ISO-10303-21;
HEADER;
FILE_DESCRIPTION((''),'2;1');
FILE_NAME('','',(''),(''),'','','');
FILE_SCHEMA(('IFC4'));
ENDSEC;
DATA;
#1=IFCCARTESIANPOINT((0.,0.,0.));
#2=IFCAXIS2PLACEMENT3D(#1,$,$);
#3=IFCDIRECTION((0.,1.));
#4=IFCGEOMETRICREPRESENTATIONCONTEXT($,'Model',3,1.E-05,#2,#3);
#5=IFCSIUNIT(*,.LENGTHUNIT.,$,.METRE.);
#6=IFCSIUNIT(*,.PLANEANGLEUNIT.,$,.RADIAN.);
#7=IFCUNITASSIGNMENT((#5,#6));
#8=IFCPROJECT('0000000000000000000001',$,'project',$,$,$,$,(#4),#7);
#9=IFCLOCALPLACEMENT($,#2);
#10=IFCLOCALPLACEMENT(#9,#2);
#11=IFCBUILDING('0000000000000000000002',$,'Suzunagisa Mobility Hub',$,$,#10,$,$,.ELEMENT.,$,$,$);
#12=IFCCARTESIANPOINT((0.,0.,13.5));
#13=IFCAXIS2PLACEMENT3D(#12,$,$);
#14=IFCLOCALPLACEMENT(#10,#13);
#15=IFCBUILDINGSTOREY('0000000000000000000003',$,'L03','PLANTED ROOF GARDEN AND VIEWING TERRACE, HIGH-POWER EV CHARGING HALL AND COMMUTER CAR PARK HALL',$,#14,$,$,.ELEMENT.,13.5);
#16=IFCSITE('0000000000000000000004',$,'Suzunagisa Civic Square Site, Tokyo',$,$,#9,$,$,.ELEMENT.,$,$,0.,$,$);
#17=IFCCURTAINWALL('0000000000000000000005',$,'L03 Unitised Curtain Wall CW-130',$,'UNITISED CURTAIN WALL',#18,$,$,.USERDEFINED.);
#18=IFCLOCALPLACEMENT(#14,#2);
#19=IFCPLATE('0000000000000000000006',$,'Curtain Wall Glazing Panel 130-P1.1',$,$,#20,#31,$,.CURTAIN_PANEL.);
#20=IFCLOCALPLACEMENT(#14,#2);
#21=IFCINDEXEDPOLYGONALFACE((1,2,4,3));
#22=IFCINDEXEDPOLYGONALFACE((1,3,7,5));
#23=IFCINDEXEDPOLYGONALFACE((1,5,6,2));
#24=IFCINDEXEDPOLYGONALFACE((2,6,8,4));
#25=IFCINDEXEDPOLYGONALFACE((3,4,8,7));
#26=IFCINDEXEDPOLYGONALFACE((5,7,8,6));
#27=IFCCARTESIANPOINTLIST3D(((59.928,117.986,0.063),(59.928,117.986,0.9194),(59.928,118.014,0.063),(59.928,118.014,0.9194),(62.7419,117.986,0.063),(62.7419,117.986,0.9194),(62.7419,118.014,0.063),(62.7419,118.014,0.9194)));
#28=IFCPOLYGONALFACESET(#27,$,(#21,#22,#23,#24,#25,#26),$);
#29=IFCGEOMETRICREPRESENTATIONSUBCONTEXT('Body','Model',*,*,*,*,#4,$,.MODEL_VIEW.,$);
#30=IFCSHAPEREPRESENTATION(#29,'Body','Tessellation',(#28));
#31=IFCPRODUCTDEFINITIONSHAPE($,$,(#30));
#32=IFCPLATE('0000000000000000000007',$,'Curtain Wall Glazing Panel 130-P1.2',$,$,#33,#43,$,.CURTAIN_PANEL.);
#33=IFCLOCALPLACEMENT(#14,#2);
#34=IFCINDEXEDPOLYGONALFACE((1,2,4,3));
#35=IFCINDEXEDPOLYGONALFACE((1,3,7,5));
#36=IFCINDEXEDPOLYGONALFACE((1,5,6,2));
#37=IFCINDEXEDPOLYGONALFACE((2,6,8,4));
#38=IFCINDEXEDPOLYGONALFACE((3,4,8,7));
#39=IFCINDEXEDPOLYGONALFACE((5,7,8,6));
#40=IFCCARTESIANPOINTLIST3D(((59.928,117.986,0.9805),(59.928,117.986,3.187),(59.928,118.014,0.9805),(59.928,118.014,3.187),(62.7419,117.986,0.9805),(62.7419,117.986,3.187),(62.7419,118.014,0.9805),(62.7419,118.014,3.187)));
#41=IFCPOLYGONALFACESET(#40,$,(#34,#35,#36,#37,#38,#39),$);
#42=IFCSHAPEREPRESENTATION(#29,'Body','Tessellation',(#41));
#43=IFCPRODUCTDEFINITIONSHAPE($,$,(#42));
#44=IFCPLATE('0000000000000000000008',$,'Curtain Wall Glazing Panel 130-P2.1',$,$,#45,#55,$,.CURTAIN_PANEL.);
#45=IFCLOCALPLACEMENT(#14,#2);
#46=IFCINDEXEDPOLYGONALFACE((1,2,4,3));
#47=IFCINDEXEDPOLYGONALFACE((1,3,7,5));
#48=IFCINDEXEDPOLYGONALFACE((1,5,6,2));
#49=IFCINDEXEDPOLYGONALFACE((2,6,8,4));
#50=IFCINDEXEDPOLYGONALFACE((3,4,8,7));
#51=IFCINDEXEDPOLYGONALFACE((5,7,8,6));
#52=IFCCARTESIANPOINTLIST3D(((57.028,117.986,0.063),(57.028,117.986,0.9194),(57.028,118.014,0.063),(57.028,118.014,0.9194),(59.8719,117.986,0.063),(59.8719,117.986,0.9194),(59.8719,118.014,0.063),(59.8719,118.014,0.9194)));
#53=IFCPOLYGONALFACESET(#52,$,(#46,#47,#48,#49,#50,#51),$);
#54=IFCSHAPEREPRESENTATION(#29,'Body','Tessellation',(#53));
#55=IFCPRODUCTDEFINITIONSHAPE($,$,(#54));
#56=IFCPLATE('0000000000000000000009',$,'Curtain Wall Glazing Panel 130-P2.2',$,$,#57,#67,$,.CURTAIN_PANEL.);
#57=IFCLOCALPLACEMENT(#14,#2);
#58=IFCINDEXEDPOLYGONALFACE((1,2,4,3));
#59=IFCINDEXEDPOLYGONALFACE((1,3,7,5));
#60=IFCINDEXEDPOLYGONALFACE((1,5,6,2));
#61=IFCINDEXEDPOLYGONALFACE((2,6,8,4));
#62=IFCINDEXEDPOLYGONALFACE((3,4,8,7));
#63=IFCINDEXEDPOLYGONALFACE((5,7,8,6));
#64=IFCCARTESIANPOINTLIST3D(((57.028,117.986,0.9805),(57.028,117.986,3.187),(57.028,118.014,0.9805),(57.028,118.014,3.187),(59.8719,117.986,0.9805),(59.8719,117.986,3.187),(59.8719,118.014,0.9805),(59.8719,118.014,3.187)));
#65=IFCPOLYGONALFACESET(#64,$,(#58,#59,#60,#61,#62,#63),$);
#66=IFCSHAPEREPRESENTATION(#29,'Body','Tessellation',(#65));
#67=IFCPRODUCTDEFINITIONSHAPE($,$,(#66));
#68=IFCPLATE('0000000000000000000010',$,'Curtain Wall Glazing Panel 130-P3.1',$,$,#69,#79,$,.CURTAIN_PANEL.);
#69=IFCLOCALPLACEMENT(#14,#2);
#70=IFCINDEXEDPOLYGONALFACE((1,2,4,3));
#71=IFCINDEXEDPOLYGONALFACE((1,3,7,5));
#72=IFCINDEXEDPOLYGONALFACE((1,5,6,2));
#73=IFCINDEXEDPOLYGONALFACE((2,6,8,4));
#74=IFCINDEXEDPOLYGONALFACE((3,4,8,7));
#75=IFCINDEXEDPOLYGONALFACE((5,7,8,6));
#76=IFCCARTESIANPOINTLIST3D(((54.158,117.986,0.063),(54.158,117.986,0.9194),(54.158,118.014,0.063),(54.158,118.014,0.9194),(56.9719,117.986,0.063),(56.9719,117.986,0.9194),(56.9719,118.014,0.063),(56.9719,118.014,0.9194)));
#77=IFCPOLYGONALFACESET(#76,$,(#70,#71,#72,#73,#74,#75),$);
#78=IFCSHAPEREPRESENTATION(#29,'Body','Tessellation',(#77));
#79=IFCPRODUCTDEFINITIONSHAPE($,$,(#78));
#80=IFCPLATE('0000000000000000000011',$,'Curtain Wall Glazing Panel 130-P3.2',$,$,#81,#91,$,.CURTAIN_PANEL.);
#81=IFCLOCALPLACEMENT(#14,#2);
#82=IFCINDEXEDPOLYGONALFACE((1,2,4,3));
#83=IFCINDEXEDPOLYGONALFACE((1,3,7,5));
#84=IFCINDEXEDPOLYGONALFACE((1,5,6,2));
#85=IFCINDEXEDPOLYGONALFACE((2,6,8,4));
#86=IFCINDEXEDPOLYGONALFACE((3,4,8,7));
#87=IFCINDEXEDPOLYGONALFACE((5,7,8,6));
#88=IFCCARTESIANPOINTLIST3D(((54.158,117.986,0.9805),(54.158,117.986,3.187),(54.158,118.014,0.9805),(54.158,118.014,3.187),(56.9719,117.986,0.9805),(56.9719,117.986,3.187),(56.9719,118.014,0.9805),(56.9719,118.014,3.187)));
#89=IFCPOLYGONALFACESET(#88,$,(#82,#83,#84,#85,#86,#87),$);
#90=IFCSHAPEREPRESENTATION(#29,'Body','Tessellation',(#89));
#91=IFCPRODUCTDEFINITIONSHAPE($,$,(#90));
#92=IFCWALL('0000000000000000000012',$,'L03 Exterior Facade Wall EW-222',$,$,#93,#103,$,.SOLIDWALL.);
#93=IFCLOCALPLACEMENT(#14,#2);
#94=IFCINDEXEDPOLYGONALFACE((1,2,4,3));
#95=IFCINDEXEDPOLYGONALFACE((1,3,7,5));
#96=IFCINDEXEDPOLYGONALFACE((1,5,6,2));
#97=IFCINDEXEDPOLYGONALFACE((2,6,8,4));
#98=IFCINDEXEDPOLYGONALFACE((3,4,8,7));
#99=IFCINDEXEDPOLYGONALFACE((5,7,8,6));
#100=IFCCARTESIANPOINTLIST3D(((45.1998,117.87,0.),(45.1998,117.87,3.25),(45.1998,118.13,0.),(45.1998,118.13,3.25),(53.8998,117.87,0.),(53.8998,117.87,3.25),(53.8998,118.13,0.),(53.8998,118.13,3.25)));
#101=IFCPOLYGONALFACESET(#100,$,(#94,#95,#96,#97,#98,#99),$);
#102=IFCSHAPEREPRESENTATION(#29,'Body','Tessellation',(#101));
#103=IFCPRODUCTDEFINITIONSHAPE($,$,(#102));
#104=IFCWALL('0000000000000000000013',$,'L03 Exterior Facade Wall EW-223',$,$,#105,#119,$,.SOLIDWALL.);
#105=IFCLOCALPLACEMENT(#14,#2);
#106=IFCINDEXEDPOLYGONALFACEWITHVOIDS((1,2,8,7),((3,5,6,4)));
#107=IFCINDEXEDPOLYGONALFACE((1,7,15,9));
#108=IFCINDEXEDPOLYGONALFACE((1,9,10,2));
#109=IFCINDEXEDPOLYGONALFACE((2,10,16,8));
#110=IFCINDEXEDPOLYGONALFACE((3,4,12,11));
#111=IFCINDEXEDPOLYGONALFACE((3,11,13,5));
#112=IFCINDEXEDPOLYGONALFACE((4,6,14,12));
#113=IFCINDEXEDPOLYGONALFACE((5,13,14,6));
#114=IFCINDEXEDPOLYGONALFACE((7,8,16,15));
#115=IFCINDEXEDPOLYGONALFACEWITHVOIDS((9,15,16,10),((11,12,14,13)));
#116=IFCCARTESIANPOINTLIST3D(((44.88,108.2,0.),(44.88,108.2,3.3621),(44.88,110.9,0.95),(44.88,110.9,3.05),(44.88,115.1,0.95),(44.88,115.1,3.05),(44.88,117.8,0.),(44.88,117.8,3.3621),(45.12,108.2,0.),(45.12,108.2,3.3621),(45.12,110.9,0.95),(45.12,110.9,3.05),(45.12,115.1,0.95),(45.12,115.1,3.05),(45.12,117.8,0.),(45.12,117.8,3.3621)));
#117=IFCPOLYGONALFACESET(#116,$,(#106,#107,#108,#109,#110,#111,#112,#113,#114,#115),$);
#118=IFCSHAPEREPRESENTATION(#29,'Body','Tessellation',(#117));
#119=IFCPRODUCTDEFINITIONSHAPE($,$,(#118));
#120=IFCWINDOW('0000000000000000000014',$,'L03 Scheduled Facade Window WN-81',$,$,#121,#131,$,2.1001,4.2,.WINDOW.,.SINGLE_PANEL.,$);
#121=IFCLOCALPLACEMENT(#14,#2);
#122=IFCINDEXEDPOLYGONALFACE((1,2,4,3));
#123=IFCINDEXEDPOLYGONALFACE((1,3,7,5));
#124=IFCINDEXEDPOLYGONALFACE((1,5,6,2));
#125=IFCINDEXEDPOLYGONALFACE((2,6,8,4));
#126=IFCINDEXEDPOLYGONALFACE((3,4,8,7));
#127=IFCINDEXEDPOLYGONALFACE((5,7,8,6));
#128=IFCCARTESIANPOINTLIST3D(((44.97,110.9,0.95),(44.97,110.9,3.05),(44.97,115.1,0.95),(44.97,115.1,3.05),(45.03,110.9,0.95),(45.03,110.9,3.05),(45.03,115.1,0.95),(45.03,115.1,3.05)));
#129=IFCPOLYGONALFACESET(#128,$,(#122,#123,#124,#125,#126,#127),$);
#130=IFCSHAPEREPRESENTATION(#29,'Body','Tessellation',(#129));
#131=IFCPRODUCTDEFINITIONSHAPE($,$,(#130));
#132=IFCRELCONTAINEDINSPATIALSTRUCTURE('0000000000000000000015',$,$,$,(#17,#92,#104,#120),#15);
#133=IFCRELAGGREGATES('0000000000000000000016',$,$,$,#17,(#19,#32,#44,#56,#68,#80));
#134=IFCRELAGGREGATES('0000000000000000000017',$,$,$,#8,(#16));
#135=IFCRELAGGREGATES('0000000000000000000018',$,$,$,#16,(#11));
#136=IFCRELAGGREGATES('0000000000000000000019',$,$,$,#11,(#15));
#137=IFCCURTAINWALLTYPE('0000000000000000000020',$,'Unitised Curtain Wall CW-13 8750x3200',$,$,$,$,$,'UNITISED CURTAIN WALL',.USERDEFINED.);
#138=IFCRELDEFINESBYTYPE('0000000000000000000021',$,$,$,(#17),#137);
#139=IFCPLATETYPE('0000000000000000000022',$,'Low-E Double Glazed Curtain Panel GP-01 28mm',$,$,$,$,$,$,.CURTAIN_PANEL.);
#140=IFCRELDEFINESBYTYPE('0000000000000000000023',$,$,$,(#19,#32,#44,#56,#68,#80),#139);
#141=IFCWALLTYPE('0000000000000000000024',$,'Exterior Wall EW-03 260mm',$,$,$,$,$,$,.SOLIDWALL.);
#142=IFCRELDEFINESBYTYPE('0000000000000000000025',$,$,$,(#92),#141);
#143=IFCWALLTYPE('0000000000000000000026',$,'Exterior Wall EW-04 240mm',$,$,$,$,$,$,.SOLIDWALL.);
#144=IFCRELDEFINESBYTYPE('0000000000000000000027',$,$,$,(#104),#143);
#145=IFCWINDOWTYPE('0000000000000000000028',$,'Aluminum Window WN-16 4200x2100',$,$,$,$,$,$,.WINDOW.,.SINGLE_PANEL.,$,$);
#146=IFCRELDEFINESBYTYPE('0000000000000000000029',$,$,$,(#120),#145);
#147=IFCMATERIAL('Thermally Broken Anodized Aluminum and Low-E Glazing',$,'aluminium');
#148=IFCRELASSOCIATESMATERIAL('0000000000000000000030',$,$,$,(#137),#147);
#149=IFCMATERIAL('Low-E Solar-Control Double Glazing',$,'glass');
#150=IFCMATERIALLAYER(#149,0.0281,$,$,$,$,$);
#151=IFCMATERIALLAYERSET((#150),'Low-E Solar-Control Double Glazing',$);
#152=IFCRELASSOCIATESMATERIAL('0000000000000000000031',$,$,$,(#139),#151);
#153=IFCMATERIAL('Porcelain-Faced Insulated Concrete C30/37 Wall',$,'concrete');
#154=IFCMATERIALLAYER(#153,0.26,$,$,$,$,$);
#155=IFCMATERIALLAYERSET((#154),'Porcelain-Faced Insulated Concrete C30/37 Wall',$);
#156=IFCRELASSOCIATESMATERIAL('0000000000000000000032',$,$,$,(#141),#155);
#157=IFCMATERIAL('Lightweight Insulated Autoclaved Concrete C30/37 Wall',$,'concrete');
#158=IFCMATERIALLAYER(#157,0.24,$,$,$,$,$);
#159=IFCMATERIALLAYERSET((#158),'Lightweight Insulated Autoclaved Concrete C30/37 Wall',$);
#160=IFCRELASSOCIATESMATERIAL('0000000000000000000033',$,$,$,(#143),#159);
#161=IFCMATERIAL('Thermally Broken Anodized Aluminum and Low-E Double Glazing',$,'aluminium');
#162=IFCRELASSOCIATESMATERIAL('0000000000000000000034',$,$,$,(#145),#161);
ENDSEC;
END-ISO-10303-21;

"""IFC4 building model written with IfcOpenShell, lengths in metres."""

from ifc_helpers import new_model, si_unit, direction, frame, frame_2d, origin, origin_2d, place, context, subcontext, project, spatial, rectangle, extrude, material, layer, layer_set, type_object, element, fill, aggregate, save


model = new_model("IFC4")

# Units and contexts
model_context = context("Model", 3, precision=1e-05, world=origin(), true_north=direction((0.0, 1.0)))
body_context = subcontext(model_context, "Body", "Model", "MODEL_VIEW")
ifc_project = project(units=[si_unit("LENGTHUNIT", "METRE"), si_unit("PLANEANGLEUNIT", "RADIAN")], contexts=[model_context])

# Site, building, storey
site_placement = place(None, origin())
site = spatial("IfcSite", under=ifc_project, at=site_placement, Name="Suzunagisa Civic Square Site, Tokyo", CompositionType="ELEMENT", RefElevation=0.0)
building_placement = place(site_placement, origin())
building = spatial("IfcBuilding", under=site, at=building_placement, Name="Suzunagisa Mobility Hub", CompositionType="ELEMENT")
storey_placement = place(building_placement, frame((0.0, 0.0, 13.5)))
storey = spatial("IfcBuildingStorey", under=building, at=storey_placement, Name="L03", Description="PLANTED ROOF GARDEN AND VIEWING TERRACE, HIGH-POWER EV CHARGING HALL AND COMMUTER CAR PARK HALL", CompositionType="ELEMENT", Elevation=13.5)

# Curtain wall
ifc_material_1 = material(Name="Thermally Broken Anodized Aluminum and Low-E Glazing", Category="aluminium")
curtain_wall_type = type_object("IfcCurtainWallType", Name="Unitised Curtain Wall CW-13 8750x3200", ElementType="UNITISED CURTAIN WALL", PredefinedType="USERDEFINED", material=ifc_material_1)
curtain_wall_placement = place(storey_placement, origin())
curtain_wall = element("IfcCurtainWall", 1, at=curtain_wall_placement, inside=storey, type_object=curtain_wall_type, Name="L03 Unitised Curtain Wall CW-130", ObjectType="UNITISED CURTAIN WALL", PredefinedType="USERDEFINED")

# Plates
ifc_material_2 = material(Name="Low-E Solar-Control Double Glazing", Category="glass")
ifc_layer_1 = layer(ifc_material_2, 0.0281)
ifc_layer_set_1 = layer_set([ifc_layer_1], Name="Low-E Solar-Control Double Glazing")
plate_type = type_object("IfcPlateType", Name="Low-E Double Glazed Curtain Panel GP-01 28mm", PredefinedType="CURTAIN_PANEL", material=ifc_layer_set_1)
plate_1_placement = place(storey_placement, frame((61.335, 118.0, 0.063), z_axis=(0.0, 0.0, 1.0), x_axis=(-1.0, 0.0, 0.0)))
plate_1 = element("IfcPlate", 2, at=plate_1_placement, type_object=plate_type, Name="Curtain Wall Glazing Panel 130-P1.1", PredefinedType="CURTAIN_PANEL", context=body_context, shape_type="SweptSolid", body=[
    extrude(rectangle(XDim=2.814, YDim=0.0281, at=origin_2d()), origin(), (0.0, 0.0, 1.0), 0.8564),
])
plate_2_placement = place(storey_placement, frame((61.335, 118.0, 0.9805), z_axis=(0.0, 0.0, 1.0), x_axis=(-1.0, 0.0, 0.0)))
plate_2 = element("IfcPlate", 3, at=plate_2_placement, type_object=plate_type, Name="Curtain Wall Glazing Panel 130-P1.2", PredefinedType="CURTAIN_PANEL", context=body_context, shape_type="SweptSolid", body=[
    extrude(rectangle(XDim=2.814, YDim=0.0281, at=origin_2d()), origin(), (0.0, 0.0, 1.0), 2.2065),
])
plate_3_placement = place(storey_placement, frame((58.45, 118.0, 0.063), z_axis=(0.0, 0.0, 1.0), x_axis=(-1.0, 0.0, 0.0)))
plate_3 = element("IfcPlate", 4, at=plate_3_placement, type_object=plate_type, Name="Curtain Wall Glazing Panel 130-P2.1", PredefinedType="CURTAIN_PANEL", context=body_context, shape_type="SweptSolid", body=[
    extrude(rectangle(XDim=2.844, YDim=0.0281, at=origin_2d()), origin(), (0.0, 0.0, 1.0), 0.8564),
])
plate_4_placement = place(storey_placement, frame((58.45, 118.0, 0.9805), z_axis=(0.0, 0.0, 1.0), x_axis=(-1.0, 0.0, 0.0)))
plate_4 = element("IfcPlate", 5, at=plate_4_placement, type_object=plate_type, Name="Curtain Wall Glazing Panel 130-P2.2", PredefinedType="CURTAIN_PANEL", context=body_context, shape_type="SweptSolid", body=[
    extrude(rectangle(XDim=2.844, YDim=0.0281, at=origin_2d()), origin(), (0.0, 0.0, 1.0), 2.2065),
])
plate_5_placement = place(storey_placement, frame((55.5649, 118.0, 0.063), z_axis=(0.0, 0.0, 1.0), x_axis=(-1.0, 0.0, 0.0)))
plate_5 = element("IfcPlate", 6, at=plate_5_placement, type_object=plate_type, Name="Curtain Wall Glazing Panel 130-P3.1", PredefinedType="CURTAIN_PANEL", context=body_context, shape_type="SweptSolid", body=[
    extrude(rectangle(XDim=2.814, YDim=0.0281, at=origin_2d()), origin(), (0.0, 0.0, 1.0), 0.8564),
])
plate_6_placement = place(storey_placement, frame((55.5649, 118.0, 0.9805), z_axis=(0.0, 0.0, 1.0), x_axis=(-1.0, 0.0, 0.0)))
plate_6 = element("IfcPlate", 7, at=plate_6_placement, type_object=plate_type, Name="Curtain Wall Glazing Panel 130-P3.2", PredefinedType="CURTAIN_PANEL", context=body_context, shape_type="SweptSolid", body=[
    extrude(rectangle(XDim=2.814, YDim=0.0281, at=origin_2d()), origin(), (0.0, 0.0, 1.0), 2.2065),
])
aggregate(curtain_wall, [plate_1, plate_2, plate_3, plate_4, plate_5, plate_6])

# Wall
ifc_material_3 = material(Name="Porcelain-Faced Insulated Concrete C30/37 Wall", Category="concrete")
ifc_layer_2 = layer(ifc_material_3, 0.26)
ifc_layer_set_2 = layer_set([ifc_layer_2], Name="Porcelain-Faced Insulated Concrete C30/37 Wall")
wall_type_1 = type_object("IfcWallType", Name="Exterior Wall EW-03 260mm", PredefinedType="SOLIDWALL", material=ifc_layer_set_2)
wall_1_placement = place(storey_placement, frame((53.8999, 118.0, 0.0), z_axis=(0.0, 0.0, 1.0), x_axis=(-1.0, 0.0, 0.0)))
element("IfcWall", 8, at=wall_1_placement, inside=storey, type_object=wall_type_1, Name="L03 Exterior Facade Wall EW-222", PredefinedType="SOLIDWALL", context=body_context, shape_type="SweptSolid", body=[
    extrude(rectangle(XDim=8.7, YDim=0.26, at=frame_2d((4.3501, 0.0))), origin(), (0.0, 0.0, 1.0), 3.25),
])

# Wall, opening, window
ifc_material_4 = material(Name="Lightweight Insulated Autoclaved Concrete C30/37 Wall", Category="concrete")
ifc_layer_3 = layer(ifc_material_4, 0.24)
ifc_layer_set_3 = layer_set([ifc_layer_3], Name="Lightweight Insulated Autoclaved Concrete C30/37 Wall")
wall_type_2 = type_object("IfcWallType", Name="Exterior Wall EW-04 240mm", PredefinedType="SOLIDWALL", material=ifc_layer_set_3)
wall_2_placement = place(storey_placement, frame((45.0, 117.8, 0.0), z_axis=(0.0, 0.0, 1.0), x_axis=(0.0, -1.0, 0.0)))
wall_2 = element("IfcWall", 9, at=wall_2_placement, inside=storey, type_object=wall_type_2, Name="L03 Exterior Facade Wall EW-223", PredefinedType="SOLIDWALL", context=body_context, shape_type="SweptSolid", body=[
    extrude(rectangle(XDim=9.6001, YDim=0.24, at=frame_2d((4.8, 0.0))), origin(), (0.0, 0.0, 1.0), 3.3621),
])
opening_placement = place(wall_2_placement, frame((2.7, 0.0, 0.95)))
opening = element("IfcOpeningElement", 10, at=opening_placement, cuts=wall_2, PredefinedType="OPENING", context=body_context, shape_type="SweptSolid", body=[
    extrude(rectangle(XDim=4.2, YDim=2.1001, at=frame_2d((2.1001, 1.05))), frame((0.0, 0.1309, 0.0), z_axis=(0.0, -1.0, 0.0), x_axis=(1.0, 0.0, 0.0)), (0.0, 0.0, 1.0), 0.262),
])
ifc_material_5 = material(Name="Thermally Broken Anodized Aluminum and Low-E Double Glazing", Category="aluminium")
window_type = type_object("IfcWindowType", Name="Aluminum Window WN-16 4200x2100", PartitioningType="SINGLE_PANEL", PredefinedType="WINDOW", material=ifc_material_5)
window_placement = place(opening_placement, origin())
window = element("IfcWindow", 11, at=window_placement, inside=storey, type_object=window_type, Name="L03 Scheduled Facade Window WN-81", OverallHeight=2.1001, OverallWidth=4.2, PartitioningType="SINGLE_PANEL", PredefinedType="WINDOW", context=body_context, shape_type="SweptSolid", body=[
    extrude(rectangle(XDim=4.2, YDim=2.1001, at=frame_2d((2.1001, 1.05))), frame((0.0, 0.03, 0.0), z_axis=(0.0, -1.0, 0.0), x_axis=(1.0, 0.0, 0.0)), (0.0, 0.0, 1.0), 0.0601),
])
fill(opening, window)

save(model, "model.ifc")
